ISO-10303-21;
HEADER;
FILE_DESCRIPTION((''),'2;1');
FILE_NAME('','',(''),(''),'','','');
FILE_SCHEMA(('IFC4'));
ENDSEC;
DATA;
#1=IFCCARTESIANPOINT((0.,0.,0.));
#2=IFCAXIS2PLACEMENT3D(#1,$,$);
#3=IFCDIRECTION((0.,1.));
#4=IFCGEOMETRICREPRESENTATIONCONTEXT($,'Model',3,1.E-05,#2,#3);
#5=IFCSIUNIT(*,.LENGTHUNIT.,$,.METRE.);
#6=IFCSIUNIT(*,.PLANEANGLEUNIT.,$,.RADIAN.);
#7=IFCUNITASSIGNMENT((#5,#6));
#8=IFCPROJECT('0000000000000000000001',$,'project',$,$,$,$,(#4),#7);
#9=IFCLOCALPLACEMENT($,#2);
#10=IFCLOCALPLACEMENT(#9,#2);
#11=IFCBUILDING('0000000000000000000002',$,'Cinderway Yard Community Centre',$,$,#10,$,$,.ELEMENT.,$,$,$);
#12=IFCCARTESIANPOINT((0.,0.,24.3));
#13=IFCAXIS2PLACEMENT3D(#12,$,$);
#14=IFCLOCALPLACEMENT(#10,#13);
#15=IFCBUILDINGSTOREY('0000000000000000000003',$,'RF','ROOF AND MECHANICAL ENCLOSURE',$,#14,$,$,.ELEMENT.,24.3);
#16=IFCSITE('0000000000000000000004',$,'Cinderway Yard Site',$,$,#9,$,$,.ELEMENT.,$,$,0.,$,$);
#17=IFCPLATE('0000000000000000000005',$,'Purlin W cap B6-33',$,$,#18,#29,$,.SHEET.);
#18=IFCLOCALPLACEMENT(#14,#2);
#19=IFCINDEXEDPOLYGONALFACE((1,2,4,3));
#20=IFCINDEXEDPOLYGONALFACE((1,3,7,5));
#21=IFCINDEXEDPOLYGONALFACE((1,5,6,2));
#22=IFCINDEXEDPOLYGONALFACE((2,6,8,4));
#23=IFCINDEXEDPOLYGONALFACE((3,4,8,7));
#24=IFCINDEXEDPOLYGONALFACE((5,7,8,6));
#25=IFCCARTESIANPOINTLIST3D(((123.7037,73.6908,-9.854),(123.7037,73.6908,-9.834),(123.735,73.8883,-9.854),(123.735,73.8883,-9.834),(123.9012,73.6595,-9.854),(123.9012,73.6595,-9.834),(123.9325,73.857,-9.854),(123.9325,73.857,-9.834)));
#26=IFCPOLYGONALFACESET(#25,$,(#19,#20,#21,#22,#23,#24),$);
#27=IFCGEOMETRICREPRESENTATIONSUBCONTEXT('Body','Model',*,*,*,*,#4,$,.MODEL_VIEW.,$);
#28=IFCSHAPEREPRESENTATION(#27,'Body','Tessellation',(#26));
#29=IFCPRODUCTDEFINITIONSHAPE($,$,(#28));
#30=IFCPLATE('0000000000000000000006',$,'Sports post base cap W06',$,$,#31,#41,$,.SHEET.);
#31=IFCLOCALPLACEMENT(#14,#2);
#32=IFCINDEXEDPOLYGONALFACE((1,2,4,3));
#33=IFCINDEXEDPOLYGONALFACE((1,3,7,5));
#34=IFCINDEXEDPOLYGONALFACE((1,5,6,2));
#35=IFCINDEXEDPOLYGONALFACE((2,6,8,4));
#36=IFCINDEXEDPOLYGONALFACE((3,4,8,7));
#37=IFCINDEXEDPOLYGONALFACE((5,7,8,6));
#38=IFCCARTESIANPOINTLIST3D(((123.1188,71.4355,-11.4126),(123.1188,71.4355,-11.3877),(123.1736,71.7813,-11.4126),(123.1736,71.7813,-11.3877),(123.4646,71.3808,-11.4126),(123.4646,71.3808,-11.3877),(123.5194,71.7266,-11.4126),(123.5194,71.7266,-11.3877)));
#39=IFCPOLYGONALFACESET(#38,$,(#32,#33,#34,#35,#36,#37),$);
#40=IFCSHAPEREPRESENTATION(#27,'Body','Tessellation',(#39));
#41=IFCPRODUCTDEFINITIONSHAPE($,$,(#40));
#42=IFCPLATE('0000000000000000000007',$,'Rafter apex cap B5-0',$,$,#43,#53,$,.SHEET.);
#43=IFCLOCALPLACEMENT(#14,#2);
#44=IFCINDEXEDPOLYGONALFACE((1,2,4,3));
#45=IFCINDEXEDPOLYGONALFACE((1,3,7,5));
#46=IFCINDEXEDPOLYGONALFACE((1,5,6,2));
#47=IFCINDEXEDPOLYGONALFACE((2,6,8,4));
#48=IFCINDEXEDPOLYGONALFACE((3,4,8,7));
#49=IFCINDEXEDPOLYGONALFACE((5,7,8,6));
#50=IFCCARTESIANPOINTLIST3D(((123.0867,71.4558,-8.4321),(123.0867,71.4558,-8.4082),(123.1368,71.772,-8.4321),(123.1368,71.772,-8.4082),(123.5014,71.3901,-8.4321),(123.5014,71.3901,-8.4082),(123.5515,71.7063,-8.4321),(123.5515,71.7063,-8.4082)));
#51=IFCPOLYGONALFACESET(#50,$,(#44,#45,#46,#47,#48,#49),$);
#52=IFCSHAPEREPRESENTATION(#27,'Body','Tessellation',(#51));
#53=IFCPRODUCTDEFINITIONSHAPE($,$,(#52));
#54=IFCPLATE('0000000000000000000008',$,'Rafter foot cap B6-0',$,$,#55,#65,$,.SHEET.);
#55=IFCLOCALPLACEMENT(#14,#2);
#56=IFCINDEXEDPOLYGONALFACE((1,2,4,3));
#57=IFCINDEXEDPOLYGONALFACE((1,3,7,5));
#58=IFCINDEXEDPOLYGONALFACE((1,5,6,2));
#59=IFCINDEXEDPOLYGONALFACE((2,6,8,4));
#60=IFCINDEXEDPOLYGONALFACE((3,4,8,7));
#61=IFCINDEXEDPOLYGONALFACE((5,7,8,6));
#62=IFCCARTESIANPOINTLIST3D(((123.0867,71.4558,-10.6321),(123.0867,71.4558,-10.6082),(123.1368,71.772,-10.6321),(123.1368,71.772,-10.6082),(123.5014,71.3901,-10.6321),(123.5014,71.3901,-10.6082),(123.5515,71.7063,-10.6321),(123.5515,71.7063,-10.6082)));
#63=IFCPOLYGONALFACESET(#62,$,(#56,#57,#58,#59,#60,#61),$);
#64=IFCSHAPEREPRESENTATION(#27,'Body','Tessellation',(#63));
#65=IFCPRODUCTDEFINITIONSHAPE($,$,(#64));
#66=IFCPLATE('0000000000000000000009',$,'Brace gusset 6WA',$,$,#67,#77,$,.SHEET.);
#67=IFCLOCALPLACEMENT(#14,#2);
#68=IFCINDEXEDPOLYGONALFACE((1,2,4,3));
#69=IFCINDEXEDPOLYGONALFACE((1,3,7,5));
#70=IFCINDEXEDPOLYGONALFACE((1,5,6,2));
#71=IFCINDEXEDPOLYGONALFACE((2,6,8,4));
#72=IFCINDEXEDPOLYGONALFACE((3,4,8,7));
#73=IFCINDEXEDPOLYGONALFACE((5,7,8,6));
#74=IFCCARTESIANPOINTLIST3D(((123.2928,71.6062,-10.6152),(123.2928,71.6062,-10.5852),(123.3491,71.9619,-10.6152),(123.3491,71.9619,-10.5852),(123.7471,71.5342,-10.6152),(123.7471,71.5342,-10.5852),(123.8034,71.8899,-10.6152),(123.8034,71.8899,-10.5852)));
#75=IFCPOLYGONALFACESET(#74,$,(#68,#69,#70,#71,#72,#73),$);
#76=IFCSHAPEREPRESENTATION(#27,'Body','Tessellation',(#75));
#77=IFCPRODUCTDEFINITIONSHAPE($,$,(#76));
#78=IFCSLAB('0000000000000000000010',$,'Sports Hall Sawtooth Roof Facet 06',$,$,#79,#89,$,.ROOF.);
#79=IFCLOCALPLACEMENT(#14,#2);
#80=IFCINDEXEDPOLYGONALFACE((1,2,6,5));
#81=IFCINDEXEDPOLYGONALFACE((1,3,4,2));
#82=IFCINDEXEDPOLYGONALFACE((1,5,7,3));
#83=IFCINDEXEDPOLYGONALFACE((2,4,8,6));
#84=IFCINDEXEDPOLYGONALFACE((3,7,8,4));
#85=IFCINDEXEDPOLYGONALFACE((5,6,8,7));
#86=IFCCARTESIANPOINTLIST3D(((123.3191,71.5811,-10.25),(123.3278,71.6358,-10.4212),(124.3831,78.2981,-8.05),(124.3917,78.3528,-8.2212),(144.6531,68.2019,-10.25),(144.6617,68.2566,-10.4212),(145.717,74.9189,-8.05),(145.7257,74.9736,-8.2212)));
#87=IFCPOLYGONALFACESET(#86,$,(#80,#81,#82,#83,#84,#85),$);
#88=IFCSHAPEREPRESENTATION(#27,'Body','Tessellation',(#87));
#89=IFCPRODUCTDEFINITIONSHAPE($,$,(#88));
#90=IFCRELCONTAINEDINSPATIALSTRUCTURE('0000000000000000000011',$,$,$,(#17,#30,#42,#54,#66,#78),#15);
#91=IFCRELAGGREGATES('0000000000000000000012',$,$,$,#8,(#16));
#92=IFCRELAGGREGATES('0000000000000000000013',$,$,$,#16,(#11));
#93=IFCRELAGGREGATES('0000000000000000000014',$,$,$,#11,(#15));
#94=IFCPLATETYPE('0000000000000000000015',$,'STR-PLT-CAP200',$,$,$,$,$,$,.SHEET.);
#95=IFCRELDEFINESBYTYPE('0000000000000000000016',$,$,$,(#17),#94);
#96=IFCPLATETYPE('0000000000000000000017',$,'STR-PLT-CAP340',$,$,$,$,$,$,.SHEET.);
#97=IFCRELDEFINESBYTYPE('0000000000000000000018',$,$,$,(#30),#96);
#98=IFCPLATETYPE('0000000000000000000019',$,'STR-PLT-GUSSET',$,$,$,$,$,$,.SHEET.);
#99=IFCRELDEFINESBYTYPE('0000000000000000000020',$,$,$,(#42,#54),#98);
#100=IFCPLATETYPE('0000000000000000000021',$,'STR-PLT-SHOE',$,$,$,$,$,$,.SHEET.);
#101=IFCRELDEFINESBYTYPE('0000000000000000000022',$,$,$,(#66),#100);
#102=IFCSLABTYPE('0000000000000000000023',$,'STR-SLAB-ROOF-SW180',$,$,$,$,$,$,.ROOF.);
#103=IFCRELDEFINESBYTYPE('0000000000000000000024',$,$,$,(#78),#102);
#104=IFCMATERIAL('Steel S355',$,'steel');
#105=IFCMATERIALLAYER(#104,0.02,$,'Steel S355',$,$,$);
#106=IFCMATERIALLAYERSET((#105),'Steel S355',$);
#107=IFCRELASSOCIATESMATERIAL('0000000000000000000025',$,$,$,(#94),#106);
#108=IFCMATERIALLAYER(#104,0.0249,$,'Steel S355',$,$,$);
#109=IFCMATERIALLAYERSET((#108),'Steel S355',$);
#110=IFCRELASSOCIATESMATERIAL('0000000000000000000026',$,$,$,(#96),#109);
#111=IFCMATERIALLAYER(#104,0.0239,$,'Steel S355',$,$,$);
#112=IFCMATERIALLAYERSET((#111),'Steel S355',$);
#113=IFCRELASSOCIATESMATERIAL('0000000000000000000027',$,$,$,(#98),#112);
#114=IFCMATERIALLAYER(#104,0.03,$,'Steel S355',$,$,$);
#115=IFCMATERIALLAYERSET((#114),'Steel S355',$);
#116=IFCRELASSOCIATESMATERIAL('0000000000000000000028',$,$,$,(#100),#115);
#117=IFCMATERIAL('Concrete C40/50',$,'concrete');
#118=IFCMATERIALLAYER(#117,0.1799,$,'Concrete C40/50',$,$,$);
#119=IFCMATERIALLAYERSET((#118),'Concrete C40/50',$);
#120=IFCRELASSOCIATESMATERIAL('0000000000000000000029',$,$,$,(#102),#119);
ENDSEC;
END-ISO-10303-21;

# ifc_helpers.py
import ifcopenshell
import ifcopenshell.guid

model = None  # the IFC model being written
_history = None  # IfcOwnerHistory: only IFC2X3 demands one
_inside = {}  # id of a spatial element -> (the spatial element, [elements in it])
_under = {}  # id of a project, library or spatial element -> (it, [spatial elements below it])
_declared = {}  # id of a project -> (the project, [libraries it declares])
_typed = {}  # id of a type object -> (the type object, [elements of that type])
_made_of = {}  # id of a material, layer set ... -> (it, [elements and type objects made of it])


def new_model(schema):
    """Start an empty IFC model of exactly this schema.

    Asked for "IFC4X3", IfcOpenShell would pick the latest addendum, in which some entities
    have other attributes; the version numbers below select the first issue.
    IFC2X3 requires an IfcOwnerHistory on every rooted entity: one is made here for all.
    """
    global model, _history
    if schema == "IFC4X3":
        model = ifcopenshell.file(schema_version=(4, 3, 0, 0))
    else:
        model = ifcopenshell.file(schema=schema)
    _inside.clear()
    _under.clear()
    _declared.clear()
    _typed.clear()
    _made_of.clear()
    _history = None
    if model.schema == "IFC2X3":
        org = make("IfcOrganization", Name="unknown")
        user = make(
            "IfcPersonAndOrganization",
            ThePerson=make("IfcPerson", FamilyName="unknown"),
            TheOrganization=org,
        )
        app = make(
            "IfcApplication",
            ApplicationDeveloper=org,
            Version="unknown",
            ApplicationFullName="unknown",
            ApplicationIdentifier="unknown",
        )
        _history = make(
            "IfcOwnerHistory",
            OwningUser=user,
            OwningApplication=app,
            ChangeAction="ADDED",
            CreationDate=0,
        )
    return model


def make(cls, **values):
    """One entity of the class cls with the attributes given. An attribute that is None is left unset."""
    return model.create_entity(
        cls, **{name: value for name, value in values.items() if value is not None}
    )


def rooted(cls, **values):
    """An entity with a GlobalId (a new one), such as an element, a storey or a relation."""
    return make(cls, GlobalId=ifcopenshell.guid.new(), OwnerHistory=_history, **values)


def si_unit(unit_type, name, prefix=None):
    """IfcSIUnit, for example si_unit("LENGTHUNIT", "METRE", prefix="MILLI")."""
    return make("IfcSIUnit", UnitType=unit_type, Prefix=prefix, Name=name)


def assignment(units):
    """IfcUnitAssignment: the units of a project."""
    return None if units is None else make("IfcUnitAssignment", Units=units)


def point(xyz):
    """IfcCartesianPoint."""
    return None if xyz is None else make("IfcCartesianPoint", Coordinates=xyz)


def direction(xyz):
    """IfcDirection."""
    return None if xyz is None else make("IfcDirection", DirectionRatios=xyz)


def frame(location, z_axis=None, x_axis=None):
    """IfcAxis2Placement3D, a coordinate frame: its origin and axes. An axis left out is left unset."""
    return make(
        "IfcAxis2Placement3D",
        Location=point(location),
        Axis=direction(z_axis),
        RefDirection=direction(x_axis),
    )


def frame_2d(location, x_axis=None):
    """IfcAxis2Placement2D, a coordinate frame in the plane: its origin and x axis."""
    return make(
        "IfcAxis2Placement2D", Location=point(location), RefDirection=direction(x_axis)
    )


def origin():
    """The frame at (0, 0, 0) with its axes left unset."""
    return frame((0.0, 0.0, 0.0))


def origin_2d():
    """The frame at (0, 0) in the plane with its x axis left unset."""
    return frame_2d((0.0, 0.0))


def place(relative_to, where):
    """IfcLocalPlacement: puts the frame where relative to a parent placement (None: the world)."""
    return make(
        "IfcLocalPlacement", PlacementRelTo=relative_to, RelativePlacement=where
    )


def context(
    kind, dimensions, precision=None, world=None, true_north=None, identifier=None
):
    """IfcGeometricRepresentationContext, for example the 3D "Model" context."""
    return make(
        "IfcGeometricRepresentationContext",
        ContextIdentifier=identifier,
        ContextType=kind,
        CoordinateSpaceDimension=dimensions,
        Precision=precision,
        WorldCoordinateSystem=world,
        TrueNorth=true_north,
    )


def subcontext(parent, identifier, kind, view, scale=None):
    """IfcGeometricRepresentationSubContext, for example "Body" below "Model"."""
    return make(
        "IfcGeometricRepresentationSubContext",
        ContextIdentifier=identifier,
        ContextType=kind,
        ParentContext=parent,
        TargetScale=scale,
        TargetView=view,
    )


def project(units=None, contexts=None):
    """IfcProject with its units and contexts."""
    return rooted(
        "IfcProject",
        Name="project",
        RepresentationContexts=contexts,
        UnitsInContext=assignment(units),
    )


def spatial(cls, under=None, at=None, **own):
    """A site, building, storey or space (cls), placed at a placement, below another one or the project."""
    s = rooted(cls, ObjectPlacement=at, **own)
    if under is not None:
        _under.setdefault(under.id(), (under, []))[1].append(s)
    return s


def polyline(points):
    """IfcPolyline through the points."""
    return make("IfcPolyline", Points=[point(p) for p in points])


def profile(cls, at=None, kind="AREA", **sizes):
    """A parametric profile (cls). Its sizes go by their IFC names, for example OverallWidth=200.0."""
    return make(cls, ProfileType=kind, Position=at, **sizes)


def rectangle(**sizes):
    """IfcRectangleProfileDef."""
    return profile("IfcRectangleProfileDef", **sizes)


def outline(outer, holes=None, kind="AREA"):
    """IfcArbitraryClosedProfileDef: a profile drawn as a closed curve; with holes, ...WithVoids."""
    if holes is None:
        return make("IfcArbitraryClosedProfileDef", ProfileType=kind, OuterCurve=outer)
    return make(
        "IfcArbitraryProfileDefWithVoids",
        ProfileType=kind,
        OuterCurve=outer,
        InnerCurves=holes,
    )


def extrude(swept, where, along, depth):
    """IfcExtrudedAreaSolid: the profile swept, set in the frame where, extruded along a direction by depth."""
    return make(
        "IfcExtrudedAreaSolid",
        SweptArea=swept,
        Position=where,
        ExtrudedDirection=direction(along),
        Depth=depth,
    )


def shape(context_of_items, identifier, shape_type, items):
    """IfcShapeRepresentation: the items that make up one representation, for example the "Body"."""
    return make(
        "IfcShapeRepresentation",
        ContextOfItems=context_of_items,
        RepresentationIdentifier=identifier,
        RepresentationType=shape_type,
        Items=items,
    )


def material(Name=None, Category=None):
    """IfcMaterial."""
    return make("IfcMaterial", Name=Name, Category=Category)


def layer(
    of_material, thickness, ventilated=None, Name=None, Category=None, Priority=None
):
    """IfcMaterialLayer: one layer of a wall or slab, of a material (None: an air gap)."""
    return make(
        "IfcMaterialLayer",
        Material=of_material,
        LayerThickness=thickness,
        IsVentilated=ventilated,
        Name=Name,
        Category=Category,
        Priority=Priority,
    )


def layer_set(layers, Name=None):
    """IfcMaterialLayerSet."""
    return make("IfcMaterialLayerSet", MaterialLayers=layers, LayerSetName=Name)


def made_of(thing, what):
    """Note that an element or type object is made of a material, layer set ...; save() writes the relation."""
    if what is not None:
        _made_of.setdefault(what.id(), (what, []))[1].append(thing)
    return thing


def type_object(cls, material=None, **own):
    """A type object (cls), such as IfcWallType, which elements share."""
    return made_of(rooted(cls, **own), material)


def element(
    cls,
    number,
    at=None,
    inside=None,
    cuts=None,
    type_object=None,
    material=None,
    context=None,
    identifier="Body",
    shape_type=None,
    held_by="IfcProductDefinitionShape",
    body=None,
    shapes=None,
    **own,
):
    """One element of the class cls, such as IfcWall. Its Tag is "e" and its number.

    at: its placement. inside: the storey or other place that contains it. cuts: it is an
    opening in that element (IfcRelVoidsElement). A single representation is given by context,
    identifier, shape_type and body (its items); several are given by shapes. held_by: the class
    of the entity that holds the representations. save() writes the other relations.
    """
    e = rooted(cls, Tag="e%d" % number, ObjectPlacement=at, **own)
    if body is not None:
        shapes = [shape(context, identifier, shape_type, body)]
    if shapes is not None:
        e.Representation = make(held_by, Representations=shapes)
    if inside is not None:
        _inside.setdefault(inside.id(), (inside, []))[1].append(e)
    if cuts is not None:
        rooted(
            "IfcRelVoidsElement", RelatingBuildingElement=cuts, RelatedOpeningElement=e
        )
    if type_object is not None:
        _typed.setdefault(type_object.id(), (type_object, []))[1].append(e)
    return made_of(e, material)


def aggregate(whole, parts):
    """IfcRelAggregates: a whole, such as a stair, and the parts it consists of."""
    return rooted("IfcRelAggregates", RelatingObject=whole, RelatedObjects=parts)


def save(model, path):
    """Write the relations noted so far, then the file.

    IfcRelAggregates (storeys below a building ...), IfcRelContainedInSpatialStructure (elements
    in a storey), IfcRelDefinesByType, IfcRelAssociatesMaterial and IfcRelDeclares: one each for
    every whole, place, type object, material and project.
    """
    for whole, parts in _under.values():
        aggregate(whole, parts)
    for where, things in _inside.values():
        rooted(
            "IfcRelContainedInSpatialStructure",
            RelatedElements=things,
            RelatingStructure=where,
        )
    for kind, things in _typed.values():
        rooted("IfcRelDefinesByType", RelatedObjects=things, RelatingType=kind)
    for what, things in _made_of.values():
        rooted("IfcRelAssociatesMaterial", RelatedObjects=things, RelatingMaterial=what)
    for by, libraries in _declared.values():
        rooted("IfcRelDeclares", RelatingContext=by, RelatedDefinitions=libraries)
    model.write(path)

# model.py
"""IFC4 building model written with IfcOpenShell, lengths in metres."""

from ifc_helpers import new_model, si_unit, direction, frame, origin, origin_2d, place, context, subcontext, project, spatial, polyline, rectangle, outline, extrude, material, layer, layer_set, type_object, element, save


model = new_model("IFC4")

# Units and contexts
model_context = context("Model", 3, precision=1e-05, world=origin(), true_north=direction((0.0, 1.0)))
body_context = subcontext(model_context, "Body", "Model", "MODEL_VIEW")
ifc_project = project(units=[si_unit("LENGTHUNIT", "METRE"), si_unit("PLANEANGLEUNIT", "RADIAN")], contexts=[model_context])

# Site, building, storey
site_placement = place(None, origin())
site = spatial("IfcSite", under=ifc_project, at=site_placement, Name="Cinderway Yard Site", CompositionType="ELEMENT", RefElevation=0.0)
building_placement = place(site_placement, origin())
building = spatial("IfcBuilding", under=site, at=building_placement, Name="Cinderway Yard Community Centre", CompositionType="ELEMENT")
storey_placement = place(building_placement, frame((0.0, 0.0, 24.3)))
storey = spatial("IfcBuildingStorey", under=building, at=storey_placement, Name="RF", Description="ROOF AND MECHANICAL ENCLOSURE", CompositionType="ELEMENT", Elevation=24.3)

# Shared definitions
ifc_material_1 = material(Name="Steel S355", Category="steel")

# Plates
ifc_layer_1 = layer(ifc_material_1, 0.02, Name="Steel S355")
ifc_layer_set_1 = layer_set([ifc_layer_1], Name="Steel S355")
plate_type_1 = type_object("IfcPlateType", Name="STR-PLT-CAP200", PredefinedType="SHEET", material=ifc_layer_set_1)
for number, where, z_axis, x_axis, name in (
    (1, (123.8181, 73.7739, -9.854), (0.0, 0.0, 1.0), (0.987688, -0.156434, 0.0), "Purlin W cap B6-33"),
):
    element("IfcPlate", number, at=place(storey_placement, frame(where, z_axis=z_axis, x_axis=x_axis)), inside=storey, type_object=plate_type_1, Name=name, PredefinedType="SHEET", context=body_context, shape_type="SweptSolid", body=[
        extrude(rectangle(XDim=0.2, YDim=0.2, at=origin_2d()), origin(), (0.0, 0.0, 1.0), 0.02),
    ])
ifc_layer_2 = layer(ifc_material_1, 0.0249, Name="Steel S355")
ifc_layer_set_2 = layer_set([ifc_layer_2], Name="Steel S355")
plate_type_2 = type_object("IfcPlateType", Name="STR-PLT-CAP340", PredefinedType="SHEET", material=ifc_layer_set_2)
plate_1_placement = place(storey_placement, frame((123.3191, 71.5811, -11.4126), z_axis=(0.0, 0.0, 1.0), x_axis=(0.987688, -0.156434, 0.0)))
element("IfcPlate", 2, at=plate_1_placement, inside=storey, type_object=plate_type_2, Name="Sports post base cap W06", PredefinedType="SHEET", context=body_context, shape_type="SweptSolid", body=[
    extrude(rectangle(XDim=0.3501, YDim=0.3501, at=origin_2d()), origin(), (0.0, 0.0, 1.0), 0.0249),
])
ifc_layer_3 = layer(ifc_material_1, 0.0239, Name="Steel S355")
ifc_layer_set_3 = layer_set([ifc_layer_3], Name="Steel S355")
plate_type_3 = type_object("IfcPlateType", Name="STR-PLT-GUSSET", PredefinedType="SHEET", material=ifc_layer_set_3)
for number, where, z_axis, x_axis, name in (
    (3, (123.3191, 71.5811, -8.4321), (0.0, 0.0, 1.0), (0.987688, -0.156434, 0.0), "Rafter apex cap B5-0"),
    (4, (123.3191, 71.5811, -10.6321), (0.0, 0.0, 1.0), (0.987688, -0.156434, 0.0), "Rafter foot cap B6-0"),
):
    element("IfcPlate", number, at=place(storey_placement, frame(where, z_axis=z_axis, x_axis=x_axis)), inside=storey, type_object=plate_type_3, Name=name, PredefinedType="SHEET", context=body_context, shape_type="SweptSolid", body=[
        extrude(rectangle(XDim=0.4199, YDim=0.3201, at=origin_2d()), origin(), (0.0, 0.0, 1.0), 0.0239),
    ])
ifc_layer_4 = layer(ifc_material_1, 0.03, Name="Steel S355")
ifc_layer_set_4 = layer_set([ifc_layer_4], Name="Steel S355")
plate_type_4 = type_object("IfcPlateType", Name="STR-PLT-SHOE", PredefinedType="SHEET", material=ifc_layer_set_4)
plate_2_placement = place(storey_placement, frame((123.5481, 71.748, -10.6152), z_axis=(0.0, 0.0, 1.0), x_axis=(0.987688, -0.156434, 0.0)))
element("IfcPlate", 5, at=plate_2_placement, inside=storey, type_object=plate_type_4, Name="Brace gusset 6WA", PredefinedType="SHEET", context=body_context, shape_type="SweptSolid", body=[
    extrude(rectangle(XDim=0.46, YDim=0.3601, at=origin_2d()), origin(), (0.0, 0.0, 1.0), 0.03),
])

# Slab
ifc_material_2 = material(Name="Concrete C40/50", Category="concrete")
ifc_layer_5 = layer(ifc_material_2, 0.1799, Name="Concrete C40/50")
ifc_layer_set_5 = layer_set([ifc_layer_5], Name="Concrete C40/50")
slab_type = type_object("IfcSlabType", Name="STR-SLAB-ROOF-SW180", PredefinedType="ROOF", material=ifc_layer_set_5)
slab_placement = place(storey_placement, frame((123.3191, 71.5811, -10.25), z_axis=(-0.04815, -0.303992, 0.951457), x_axis=(0.987687, -0.156443, 0.0)))
element("IfcSlab", 6, at=slab_placement, inside=storey, type_object=slab_type, Name="Sports Hall Sawtooth Roof Facet 06", PredefinedType="ROOF", context=body_context, shape_type="SweptSolid", body=[
    extrude(outline(polyline([(0.0, 0.0), (21.5999, 0.0), (21.6, 7.1478), (0.0, 7.1478), (0.0, 0.0)])), origin(), (0.0, 0.0, -1.0), 0.1799),
])

save(model, "model.ifc")
